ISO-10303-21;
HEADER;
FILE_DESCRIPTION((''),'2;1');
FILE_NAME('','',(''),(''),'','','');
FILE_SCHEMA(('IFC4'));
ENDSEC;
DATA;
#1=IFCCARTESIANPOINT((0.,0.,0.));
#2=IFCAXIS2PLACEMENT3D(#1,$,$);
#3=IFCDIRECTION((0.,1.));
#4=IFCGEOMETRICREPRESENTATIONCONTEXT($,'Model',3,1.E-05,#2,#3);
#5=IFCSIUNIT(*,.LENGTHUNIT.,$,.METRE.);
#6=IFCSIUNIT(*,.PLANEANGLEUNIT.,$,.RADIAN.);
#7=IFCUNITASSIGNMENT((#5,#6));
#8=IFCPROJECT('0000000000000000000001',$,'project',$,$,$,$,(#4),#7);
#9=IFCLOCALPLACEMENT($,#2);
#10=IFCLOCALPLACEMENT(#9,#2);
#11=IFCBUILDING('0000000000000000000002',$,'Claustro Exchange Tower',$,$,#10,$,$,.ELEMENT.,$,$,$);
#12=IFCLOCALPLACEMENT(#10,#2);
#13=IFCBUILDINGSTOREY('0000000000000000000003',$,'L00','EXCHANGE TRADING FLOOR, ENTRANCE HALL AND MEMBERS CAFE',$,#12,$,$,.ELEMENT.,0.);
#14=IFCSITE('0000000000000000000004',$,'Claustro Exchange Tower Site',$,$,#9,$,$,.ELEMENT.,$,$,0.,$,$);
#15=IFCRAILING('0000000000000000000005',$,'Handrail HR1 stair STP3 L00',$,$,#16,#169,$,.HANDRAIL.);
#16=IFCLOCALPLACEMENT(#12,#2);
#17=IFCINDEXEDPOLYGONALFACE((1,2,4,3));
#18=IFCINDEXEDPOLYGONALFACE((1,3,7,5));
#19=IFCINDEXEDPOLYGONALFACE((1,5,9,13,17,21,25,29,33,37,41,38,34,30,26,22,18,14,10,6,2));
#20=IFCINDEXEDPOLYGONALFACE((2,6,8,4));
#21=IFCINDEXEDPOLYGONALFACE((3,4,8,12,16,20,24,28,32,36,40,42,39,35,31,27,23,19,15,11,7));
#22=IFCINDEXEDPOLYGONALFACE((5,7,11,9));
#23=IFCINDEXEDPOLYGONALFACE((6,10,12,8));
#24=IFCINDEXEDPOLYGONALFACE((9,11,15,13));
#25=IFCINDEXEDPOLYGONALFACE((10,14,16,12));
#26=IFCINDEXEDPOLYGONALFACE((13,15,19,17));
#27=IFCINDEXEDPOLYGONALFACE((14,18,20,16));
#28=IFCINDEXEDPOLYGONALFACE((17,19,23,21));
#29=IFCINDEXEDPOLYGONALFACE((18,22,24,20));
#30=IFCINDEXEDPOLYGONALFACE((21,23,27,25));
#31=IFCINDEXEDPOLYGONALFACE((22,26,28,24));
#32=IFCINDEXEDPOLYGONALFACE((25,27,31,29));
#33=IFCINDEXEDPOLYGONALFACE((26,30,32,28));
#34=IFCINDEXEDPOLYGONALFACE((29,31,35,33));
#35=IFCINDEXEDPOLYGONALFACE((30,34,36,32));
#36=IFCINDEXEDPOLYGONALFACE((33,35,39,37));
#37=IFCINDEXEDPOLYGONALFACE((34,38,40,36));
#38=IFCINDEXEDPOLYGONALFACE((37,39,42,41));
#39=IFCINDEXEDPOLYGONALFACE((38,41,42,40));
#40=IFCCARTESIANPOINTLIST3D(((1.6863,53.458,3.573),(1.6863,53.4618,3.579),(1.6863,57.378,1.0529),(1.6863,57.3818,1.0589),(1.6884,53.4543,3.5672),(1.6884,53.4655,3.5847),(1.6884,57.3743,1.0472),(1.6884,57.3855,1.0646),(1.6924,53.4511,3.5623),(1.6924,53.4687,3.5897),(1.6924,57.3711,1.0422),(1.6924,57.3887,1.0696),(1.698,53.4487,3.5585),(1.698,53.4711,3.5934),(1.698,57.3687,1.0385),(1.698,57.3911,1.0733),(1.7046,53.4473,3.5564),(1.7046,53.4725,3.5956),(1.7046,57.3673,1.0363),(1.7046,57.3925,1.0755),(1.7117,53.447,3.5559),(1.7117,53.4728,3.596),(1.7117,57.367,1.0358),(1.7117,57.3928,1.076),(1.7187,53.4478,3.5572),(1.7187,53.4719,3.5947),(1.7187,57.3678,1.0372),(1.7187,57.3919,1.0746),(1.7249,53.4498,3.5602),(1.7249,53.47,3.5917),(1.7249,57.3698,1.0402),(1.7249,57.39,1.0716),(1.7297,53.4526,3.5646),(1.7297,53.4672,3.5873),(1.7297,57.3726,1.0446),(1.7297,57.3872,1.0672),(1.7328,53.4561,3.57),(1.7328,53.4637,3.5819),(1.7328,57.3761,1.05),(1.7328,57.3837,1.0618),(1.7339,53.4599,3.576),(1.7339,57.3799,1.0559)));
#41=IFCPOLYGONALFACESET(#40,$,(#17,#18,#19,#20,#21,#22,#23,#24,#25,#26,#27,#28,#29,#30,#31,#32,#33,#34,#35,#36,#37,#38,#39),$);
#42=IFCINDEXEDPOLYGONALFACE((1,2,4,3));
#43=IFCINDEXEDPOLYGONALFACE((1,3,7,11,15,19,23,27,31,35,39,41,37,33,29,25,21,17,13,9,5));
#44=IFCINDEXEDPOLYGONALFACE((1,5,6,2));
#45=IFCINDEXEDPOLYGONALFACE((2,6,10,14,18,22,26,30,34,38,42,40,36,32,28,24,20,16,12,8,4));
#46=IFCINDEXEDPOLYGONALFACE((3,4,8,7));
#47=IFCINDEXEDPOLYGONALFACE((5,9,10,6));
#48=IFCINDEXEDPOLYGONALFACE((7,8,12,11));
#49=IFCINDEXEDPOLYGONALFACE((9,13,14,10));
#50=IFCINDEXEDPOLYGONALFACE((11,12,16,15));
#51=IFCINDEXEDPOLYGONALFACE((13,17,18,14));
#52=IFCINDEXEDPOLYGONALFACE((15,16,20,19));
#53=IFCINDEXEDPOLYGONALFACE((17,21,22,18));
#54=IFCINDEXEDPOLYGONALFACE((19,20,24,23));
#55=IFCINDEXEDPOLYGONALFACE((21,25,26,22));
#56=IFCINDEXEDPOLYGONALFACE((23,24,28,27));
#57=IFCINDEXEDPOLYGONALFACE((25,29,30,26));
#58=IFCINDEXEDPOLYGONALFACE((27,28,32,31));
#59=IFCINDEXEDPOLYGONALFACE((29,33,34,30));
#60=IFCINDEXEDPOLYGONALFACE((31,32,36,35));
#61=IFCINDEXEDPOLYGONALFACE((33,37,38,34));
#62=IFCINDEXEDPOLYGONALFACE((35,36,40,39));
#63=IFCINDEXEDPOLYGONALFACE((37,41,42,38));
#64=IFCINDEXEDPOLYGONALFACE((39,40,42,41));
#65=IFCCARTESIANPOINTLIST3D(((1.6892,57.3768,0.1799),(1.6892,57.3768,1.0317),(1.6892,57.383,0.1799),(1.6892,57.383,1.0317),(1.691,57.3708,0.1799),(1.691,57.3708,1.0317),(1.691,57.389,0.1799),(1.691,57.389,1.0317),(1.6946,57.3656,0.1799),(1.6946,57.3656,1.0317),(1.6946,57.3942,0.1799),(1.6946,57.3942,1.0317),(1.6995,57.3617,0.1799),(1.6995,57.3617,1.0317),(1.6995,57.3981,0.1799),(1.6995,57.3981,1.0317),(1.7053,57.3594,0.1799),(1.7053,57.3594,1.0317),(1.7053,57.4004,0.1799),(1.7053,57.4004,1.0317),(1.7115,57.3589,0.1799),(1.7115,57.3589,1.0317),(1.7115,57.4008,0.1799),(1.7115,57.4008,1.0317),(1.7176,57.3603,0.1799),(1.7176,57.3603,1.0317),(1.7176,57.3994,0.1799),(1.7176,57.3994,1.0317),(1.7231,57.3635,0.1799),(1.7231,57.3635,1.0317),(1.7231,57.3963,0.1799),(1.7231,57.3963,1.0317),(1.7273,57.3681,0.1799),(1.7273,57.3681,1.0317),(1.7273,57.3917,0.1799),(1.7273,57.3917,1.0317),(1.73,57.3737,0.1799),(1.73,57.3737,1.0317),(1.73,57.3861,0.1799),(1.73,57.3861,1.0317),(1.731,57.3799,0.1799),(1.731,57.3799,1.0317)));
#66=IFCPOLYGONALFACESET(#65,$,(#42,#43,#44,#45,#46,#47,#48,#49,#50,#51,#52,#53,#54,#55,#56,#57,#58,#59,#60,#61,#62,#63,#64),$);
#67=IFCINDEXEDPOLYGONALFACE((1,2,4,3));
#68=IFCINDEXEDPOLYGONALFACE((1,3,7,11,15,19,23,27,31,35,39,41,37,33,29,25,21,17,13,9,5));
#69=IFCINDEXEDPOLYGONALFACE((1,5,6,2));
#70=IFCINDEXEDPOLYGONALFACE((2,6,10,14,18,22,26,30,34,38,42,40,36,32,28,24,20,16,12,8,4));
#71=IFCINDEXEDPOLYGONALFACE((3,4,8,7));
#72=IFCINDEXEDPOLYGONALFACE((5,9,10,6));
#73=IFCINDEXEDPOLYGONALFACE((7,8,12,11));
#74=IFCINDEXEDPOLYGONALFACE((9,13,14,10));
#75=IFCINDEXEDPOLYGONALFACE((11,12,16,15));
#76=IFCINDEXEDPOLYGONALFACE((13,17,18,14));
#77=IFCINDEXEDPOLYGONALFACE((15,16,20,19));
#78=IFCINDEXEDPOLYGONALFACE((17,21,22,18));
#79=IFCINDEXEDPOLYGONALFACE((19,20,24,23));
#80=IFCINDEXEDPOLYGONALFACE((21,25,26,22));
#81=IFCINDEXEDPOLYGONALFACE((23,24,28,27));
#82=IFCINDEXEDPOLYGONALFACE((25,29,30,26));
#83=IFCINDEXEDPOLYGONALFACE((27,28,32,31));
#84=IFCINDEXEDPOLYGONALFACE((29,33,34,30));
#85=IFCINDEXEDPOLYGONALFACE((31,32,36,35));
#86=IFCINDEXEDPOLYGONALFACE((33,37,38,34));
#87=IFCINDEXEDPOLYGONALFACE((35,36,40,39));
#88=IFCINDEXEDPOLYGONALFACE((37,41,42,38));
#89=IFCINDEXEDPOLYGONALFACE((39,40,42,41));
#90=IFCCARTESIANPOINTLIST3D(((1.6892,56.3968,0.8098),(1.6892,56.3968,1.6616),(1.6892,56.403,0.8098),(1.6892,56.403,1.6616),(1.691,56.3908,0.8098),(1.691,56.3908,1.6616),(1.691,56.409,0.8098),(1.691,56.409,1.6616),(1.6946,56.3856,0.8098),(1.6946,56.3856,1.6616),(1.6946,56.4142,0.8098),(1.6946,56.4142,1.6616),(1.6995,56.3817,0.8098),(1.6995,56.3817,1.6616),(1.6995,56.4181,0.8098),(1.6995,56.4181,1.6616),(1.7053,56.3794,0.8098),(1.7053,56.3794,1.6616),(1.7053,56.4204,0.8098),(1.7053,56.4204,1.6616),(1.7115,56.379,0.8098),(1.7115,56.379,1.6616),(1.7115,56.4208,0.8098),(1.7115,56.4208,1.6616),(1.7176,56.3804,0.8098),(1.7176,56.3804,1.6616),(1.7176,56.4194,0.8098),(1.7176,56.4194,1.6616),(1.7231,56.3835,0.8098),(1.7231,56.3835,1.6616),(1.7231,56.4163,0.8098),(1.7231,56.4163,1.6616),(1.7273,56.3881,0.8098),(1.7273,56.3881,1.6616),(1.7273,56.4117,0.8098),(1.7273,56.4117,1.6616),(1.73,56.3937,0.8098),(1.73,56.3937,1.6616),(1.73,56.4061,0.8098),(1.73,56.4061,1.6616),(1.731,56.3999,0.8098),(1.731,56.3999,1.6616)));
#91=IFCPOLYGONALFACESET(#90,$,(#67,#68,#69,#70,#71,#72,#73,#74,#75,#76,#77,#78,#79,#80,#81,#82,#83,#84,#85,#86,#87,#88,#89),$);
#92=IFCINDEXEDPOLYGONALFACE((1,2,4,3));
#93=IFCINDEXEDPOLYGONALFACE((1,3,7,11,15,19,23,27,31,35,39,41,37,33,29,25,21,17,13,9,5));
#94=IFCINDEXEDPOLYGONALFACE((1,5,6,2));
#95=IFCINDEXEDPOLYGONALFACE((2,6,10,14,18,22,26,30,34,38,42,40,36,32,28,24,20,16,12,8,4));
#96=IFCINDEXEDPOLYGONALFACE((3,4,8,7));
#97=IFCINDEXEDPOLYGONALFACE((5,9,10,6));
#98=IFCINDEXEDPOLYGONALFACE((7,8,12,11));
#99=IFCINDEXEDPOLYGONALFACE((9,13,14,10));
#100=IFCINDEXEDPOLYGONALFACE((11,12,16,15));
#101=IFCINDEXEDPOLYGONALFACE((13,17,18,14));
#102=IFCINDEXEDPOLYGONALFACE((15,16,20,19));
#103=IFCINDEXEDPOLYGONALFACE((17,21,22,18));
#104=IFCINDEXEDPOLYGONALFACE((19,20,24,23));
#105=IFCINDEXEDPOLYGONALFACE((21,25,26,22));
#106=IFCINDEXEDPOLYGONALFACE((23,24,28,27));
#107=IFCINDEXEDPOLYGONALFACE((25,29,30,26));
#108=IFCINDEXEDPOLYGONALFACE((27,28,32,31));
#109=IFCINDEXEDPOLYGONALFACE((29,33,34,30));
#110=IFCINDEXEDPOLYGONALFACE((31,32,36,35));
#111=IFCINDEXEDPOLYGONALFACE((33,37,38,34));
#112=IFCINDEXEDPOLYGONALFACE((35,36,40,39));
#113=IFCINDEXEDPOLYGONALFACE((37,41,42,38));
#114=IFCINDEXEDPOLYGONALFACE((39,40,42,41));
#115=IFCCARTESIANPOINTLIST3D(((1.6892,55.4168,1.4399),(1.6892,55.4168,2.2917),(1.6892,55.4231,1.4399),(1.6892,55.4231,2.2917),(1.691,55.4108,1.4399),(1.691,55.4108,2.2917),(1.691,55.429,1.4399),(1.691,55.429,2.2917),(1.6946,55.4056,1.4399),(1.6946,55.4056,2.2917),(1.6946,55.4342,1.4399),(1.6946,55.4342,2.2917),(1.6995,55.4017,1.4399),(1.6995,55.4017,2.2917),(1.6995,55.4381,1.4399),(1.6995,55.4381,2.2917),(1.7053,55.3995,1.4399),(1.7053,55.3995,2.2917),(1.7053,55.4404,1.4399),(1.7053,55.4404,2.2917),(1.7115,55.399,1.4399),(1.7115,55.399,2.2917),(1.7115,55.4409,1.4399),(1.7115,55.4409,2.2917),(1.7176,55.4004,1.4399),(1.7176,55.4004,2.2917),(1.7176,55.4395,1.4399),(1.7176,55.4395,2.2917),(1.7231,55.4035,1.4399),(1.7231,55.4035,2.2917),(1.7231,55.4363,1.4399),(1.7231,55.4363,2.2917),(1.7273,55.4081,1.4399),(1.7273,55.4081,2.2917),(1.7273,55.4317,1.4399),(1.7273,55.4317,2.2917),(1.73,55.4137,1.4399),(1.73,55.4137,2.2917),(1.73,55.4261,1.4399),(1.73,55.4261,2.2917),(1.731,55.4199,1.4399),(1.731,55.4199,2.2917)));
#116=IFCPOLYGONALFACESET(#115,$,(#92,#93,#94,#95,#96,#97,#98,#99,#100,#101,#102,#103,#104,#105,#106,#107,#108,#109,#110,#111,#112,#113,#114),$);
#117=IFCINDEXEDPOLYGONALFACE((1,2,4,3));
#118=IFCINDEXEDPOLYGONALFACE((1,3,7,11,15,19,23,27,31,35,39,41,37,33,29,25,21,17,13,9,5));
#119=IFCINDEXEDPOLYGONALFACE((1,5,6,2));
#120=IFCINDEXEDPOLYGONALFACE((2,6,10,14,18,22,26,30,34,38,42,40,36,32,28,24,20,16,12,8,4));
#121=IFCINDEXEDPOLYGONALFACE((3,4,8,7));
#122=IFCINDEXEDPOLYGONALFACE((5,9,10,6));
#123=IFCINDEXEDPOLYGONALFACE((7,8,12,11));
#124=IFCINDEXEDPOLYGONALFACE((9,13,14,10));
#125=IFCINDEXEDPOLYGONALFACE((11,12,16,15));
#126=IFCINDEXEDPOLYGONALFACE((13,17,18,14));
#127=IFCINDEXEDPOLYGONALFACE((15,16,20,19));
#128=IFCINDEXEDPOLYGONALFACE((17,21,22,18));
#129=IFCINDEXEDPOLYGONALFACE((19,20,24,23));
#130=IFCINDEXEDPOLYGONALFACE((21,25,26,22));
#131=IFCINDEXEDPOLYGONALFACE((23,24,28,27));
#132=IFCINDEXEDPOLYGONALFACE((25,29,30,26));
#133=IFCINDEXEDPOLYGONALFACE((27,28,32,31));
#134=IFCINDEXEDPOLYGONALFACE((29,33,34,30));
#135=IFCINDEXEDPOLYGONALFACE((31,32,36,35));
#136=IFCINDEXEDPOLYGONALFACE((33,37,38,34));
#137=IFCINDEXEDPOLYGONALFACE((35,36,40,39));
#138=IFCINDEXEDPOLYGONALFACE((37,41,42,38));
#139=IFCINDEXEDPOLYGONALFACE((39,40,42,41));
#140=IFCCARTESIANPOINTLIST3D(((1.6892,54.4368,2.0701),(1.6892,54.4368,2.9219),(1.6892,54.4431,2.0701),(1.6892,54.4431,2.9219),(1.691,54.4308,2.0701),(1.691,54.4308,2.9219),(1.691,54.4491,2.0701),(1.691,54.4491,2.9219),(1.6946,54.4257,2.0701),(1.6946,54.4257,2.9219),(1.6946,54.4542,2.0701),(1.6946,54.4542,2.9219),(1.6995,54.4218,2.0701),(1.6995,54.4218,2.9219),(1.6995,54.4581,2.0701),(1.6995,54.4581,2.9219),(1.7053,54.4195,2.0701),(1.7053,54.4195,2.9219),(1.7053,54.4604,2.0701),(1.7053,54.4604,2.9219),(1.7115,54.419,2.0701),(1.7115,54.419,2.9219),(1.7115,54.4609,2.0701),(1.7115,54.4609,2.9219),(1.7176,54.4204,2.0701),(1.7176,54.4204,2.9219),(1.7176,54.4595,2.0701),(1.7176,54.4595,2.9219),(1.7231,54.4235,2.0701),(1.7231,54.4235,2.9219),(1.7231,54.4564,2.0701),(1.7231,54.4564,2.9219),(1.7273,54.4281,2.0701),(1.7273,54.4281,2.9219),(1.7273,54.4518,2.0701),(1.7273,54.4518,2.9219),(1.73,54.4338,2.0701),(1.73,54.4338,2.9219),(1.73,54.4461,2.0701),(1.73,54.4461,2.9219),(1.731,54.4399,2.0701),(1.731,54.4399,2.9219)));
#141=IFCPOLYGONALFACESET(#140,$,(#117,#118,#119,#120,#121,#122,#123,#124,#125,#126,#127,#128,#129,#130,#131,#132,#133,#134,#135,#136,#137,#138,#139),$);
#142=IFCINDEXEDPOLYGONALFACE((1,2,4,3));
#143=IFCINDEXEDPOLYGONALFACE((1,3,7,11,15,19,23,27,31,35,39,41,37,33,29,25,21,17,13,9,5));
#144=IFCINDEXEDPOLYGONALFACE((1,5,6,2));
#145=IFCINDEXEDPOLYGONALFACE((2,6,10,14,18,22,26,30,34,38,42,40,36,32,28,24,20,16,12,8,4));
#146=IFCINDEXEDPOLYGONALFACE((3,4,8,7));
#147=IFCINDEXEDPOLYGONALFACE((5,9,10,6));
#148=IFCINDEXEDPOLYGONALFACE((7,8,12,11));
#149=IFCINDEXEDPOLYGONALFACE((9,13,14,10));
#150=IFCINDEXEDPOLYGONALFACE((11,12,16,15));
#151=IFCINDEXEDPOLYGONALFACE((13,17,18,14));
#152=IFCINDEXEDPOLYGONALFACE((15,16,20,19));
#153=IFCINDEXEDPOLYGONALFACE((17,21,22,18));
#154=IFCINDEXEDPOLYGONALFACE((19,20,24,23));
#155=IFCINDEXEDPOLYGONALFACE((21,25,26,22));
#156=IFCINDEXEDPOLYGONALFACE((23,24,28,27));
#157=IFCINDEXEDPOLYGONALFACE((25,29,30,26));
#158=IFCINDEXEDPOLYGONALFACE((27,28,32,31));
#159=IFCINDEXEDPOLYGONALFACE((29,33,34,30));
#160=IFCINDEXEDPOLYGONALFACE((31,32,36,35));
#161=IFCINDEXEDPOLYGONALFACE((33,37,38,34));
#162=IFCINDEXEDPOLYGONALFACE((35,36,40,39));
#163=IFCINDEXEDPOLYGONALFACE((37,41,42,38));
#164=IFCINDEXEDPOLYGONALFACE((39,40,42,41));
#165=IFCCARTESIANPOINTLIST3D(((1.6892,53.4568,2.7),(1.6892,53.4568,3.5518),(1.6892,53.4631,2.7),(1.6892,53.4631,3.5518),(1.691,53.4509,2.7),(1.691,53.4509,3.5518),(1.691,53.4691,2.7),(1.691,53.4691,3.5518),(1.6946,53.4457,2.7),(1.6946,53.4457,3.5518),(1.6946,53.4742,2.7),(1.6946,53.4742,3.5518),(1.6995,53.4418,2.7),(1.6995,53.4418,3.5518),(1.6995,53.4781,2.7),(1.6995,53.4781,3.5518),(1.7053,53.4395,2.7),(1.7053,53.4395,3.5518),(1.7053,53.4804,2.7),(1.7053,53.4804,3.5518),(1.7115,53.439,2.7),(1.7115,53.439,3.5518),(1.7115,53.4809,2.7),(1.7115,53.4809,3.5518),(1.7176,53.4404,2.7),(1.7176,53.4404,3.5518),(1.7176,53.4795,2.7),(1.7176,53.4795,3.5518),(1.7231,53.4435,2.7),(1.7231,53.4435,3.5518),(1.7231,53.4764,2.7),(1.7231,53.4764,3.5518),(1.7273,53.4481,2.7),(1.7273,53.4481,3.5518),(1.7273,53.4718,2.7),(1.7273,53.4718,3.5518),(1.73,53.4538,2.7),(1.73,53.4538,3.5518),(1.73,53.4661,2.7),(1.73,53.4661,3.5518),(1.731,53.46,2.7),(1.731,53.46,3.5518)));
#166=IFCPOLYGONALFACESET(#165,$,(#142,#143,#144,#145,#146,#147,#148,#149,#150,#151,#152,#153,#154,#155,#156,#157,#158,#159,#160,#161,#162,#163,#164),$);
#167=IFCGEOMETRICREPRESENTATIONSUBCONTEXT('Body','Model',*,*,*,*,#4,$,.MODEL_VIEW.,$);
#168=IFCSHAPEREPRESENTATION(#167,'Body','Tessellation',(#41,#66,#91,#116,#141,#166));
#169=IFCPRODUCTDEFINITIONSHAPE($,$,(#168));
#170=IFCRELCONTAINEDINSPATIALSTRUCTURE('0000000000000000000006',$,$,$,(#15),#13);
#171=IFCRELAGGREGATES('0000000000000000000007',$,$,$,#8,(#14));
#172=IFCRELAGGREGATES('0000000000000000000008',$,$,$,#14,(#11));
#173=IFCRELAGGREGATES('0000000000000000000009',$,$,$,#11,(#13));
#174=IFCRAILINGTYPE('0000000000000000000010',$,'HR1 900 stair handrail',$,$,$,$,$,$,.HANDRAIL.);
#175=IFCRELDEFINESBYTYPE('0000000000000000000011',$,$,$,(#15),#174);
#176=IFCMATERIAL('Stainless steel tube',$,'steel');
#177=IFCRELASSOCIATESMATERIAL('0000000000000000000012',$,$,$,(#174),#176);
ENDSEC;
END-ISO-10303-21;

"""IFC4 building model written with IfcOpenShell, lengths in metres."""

from ifc_helpers import new_model, si_unit, direction, frame, origin, origin_2d, place, context, subcontext, project, spatial, circle, extrude, material, type_object, element, save


model = new_model("IFC4")

# Units and contexts
model_context = context("Model", 3, precision=1e-05, world=origin(), true_north=direction((0.0, 1.0)))
body_context = subcontext(model_context, "Body", "Model", "MODEL_VIEW")
ifc_project = project(units=[si_unit("LENGTHUNIT", "METRE"), si_unit("PLANEANGLEUNIT", "RADIAN")], contexts=[model_context])

# Site, building, storey
site_placement = place(None, origin())
site = spatial("IfcSite", under=ifc_project, at=site_placement, Name="Claustro Exchange Tower Site", CompositionType="ELEMENT", RefElevation=0.0)
building_placement = place(site_placement, origin())
building = spatial("IfcBuilding", under=site, at=building_placement, Name="Claustro Exchange Tower", CompositionType="ELEMENT")
storey_placement = place(building_placement, origin())
storey = spatial("IfcBuildingStorey", under=building, at=storey_placement, Name="L00", Description="EXCHANGE TRADING FLOOR, ENTRANCE HALL AND MEMBERS CAFE", CompositionType="ELEMENT", Elevation=0.0)

# Railing
ifc_material_1 = material(Name="Stainless steel tube", Category="steel")
railing_type_1 = type_object("IfcRailingType", Name="HR1 900 stair handrail", PredefinedType="HANDRAIL", material=ifc_material_1)
railing_1_placement = place(storey_placement, frame((1.71, 57.3799, 0.1799)))
element("IfcRailing", 1, at=railing_1_placement, inside=storey, type_object=railing_type_1, Name="Handrail HR1 stair STP3 L00", PredefinedType="HANDRAIL", context=body_context, shape_type="SweptSolid", body=[
    extrude(circle(Radius=0.0239, at=origin_2d()), frame((0.0, 0.0, 0.876), z_axis=(0.0, -0.841172, 0.540768), x_axis=(1.0, 0.0, 0.0)), (0.0, 0.0, 1.0), 4.6602),
    extrude(circle(Radius=0.021, at=origin_2d()), origin(), (0.0, 0.0, 1.0), 0.8518),
    extrude(circle(Radius=0.021, at=origin_2d()), frame((0.0, -0.98, 0.6299)), (0.0, 0.0, 1.0), 0.8518),
    extrude(circle(Radius=0.021, at=origin_2d()), frame((0.0, -1.96, 1.26)), (0.0, 0.0, 1.0), 0.8518),
    extrude(circle(Radius=0.021, at=origin_2d()), frame((0.0, -2.9399, 1.8901)), (0.0, 0.0, 1.0), 0.8518),
    extrude(circle(Radius=0.021, at=origin_2d()), frame((0.0, -3.9199, 2.52)), (0.0, 0.0, 1.0), 0.8518),
])

save(model, "model.ifc")
